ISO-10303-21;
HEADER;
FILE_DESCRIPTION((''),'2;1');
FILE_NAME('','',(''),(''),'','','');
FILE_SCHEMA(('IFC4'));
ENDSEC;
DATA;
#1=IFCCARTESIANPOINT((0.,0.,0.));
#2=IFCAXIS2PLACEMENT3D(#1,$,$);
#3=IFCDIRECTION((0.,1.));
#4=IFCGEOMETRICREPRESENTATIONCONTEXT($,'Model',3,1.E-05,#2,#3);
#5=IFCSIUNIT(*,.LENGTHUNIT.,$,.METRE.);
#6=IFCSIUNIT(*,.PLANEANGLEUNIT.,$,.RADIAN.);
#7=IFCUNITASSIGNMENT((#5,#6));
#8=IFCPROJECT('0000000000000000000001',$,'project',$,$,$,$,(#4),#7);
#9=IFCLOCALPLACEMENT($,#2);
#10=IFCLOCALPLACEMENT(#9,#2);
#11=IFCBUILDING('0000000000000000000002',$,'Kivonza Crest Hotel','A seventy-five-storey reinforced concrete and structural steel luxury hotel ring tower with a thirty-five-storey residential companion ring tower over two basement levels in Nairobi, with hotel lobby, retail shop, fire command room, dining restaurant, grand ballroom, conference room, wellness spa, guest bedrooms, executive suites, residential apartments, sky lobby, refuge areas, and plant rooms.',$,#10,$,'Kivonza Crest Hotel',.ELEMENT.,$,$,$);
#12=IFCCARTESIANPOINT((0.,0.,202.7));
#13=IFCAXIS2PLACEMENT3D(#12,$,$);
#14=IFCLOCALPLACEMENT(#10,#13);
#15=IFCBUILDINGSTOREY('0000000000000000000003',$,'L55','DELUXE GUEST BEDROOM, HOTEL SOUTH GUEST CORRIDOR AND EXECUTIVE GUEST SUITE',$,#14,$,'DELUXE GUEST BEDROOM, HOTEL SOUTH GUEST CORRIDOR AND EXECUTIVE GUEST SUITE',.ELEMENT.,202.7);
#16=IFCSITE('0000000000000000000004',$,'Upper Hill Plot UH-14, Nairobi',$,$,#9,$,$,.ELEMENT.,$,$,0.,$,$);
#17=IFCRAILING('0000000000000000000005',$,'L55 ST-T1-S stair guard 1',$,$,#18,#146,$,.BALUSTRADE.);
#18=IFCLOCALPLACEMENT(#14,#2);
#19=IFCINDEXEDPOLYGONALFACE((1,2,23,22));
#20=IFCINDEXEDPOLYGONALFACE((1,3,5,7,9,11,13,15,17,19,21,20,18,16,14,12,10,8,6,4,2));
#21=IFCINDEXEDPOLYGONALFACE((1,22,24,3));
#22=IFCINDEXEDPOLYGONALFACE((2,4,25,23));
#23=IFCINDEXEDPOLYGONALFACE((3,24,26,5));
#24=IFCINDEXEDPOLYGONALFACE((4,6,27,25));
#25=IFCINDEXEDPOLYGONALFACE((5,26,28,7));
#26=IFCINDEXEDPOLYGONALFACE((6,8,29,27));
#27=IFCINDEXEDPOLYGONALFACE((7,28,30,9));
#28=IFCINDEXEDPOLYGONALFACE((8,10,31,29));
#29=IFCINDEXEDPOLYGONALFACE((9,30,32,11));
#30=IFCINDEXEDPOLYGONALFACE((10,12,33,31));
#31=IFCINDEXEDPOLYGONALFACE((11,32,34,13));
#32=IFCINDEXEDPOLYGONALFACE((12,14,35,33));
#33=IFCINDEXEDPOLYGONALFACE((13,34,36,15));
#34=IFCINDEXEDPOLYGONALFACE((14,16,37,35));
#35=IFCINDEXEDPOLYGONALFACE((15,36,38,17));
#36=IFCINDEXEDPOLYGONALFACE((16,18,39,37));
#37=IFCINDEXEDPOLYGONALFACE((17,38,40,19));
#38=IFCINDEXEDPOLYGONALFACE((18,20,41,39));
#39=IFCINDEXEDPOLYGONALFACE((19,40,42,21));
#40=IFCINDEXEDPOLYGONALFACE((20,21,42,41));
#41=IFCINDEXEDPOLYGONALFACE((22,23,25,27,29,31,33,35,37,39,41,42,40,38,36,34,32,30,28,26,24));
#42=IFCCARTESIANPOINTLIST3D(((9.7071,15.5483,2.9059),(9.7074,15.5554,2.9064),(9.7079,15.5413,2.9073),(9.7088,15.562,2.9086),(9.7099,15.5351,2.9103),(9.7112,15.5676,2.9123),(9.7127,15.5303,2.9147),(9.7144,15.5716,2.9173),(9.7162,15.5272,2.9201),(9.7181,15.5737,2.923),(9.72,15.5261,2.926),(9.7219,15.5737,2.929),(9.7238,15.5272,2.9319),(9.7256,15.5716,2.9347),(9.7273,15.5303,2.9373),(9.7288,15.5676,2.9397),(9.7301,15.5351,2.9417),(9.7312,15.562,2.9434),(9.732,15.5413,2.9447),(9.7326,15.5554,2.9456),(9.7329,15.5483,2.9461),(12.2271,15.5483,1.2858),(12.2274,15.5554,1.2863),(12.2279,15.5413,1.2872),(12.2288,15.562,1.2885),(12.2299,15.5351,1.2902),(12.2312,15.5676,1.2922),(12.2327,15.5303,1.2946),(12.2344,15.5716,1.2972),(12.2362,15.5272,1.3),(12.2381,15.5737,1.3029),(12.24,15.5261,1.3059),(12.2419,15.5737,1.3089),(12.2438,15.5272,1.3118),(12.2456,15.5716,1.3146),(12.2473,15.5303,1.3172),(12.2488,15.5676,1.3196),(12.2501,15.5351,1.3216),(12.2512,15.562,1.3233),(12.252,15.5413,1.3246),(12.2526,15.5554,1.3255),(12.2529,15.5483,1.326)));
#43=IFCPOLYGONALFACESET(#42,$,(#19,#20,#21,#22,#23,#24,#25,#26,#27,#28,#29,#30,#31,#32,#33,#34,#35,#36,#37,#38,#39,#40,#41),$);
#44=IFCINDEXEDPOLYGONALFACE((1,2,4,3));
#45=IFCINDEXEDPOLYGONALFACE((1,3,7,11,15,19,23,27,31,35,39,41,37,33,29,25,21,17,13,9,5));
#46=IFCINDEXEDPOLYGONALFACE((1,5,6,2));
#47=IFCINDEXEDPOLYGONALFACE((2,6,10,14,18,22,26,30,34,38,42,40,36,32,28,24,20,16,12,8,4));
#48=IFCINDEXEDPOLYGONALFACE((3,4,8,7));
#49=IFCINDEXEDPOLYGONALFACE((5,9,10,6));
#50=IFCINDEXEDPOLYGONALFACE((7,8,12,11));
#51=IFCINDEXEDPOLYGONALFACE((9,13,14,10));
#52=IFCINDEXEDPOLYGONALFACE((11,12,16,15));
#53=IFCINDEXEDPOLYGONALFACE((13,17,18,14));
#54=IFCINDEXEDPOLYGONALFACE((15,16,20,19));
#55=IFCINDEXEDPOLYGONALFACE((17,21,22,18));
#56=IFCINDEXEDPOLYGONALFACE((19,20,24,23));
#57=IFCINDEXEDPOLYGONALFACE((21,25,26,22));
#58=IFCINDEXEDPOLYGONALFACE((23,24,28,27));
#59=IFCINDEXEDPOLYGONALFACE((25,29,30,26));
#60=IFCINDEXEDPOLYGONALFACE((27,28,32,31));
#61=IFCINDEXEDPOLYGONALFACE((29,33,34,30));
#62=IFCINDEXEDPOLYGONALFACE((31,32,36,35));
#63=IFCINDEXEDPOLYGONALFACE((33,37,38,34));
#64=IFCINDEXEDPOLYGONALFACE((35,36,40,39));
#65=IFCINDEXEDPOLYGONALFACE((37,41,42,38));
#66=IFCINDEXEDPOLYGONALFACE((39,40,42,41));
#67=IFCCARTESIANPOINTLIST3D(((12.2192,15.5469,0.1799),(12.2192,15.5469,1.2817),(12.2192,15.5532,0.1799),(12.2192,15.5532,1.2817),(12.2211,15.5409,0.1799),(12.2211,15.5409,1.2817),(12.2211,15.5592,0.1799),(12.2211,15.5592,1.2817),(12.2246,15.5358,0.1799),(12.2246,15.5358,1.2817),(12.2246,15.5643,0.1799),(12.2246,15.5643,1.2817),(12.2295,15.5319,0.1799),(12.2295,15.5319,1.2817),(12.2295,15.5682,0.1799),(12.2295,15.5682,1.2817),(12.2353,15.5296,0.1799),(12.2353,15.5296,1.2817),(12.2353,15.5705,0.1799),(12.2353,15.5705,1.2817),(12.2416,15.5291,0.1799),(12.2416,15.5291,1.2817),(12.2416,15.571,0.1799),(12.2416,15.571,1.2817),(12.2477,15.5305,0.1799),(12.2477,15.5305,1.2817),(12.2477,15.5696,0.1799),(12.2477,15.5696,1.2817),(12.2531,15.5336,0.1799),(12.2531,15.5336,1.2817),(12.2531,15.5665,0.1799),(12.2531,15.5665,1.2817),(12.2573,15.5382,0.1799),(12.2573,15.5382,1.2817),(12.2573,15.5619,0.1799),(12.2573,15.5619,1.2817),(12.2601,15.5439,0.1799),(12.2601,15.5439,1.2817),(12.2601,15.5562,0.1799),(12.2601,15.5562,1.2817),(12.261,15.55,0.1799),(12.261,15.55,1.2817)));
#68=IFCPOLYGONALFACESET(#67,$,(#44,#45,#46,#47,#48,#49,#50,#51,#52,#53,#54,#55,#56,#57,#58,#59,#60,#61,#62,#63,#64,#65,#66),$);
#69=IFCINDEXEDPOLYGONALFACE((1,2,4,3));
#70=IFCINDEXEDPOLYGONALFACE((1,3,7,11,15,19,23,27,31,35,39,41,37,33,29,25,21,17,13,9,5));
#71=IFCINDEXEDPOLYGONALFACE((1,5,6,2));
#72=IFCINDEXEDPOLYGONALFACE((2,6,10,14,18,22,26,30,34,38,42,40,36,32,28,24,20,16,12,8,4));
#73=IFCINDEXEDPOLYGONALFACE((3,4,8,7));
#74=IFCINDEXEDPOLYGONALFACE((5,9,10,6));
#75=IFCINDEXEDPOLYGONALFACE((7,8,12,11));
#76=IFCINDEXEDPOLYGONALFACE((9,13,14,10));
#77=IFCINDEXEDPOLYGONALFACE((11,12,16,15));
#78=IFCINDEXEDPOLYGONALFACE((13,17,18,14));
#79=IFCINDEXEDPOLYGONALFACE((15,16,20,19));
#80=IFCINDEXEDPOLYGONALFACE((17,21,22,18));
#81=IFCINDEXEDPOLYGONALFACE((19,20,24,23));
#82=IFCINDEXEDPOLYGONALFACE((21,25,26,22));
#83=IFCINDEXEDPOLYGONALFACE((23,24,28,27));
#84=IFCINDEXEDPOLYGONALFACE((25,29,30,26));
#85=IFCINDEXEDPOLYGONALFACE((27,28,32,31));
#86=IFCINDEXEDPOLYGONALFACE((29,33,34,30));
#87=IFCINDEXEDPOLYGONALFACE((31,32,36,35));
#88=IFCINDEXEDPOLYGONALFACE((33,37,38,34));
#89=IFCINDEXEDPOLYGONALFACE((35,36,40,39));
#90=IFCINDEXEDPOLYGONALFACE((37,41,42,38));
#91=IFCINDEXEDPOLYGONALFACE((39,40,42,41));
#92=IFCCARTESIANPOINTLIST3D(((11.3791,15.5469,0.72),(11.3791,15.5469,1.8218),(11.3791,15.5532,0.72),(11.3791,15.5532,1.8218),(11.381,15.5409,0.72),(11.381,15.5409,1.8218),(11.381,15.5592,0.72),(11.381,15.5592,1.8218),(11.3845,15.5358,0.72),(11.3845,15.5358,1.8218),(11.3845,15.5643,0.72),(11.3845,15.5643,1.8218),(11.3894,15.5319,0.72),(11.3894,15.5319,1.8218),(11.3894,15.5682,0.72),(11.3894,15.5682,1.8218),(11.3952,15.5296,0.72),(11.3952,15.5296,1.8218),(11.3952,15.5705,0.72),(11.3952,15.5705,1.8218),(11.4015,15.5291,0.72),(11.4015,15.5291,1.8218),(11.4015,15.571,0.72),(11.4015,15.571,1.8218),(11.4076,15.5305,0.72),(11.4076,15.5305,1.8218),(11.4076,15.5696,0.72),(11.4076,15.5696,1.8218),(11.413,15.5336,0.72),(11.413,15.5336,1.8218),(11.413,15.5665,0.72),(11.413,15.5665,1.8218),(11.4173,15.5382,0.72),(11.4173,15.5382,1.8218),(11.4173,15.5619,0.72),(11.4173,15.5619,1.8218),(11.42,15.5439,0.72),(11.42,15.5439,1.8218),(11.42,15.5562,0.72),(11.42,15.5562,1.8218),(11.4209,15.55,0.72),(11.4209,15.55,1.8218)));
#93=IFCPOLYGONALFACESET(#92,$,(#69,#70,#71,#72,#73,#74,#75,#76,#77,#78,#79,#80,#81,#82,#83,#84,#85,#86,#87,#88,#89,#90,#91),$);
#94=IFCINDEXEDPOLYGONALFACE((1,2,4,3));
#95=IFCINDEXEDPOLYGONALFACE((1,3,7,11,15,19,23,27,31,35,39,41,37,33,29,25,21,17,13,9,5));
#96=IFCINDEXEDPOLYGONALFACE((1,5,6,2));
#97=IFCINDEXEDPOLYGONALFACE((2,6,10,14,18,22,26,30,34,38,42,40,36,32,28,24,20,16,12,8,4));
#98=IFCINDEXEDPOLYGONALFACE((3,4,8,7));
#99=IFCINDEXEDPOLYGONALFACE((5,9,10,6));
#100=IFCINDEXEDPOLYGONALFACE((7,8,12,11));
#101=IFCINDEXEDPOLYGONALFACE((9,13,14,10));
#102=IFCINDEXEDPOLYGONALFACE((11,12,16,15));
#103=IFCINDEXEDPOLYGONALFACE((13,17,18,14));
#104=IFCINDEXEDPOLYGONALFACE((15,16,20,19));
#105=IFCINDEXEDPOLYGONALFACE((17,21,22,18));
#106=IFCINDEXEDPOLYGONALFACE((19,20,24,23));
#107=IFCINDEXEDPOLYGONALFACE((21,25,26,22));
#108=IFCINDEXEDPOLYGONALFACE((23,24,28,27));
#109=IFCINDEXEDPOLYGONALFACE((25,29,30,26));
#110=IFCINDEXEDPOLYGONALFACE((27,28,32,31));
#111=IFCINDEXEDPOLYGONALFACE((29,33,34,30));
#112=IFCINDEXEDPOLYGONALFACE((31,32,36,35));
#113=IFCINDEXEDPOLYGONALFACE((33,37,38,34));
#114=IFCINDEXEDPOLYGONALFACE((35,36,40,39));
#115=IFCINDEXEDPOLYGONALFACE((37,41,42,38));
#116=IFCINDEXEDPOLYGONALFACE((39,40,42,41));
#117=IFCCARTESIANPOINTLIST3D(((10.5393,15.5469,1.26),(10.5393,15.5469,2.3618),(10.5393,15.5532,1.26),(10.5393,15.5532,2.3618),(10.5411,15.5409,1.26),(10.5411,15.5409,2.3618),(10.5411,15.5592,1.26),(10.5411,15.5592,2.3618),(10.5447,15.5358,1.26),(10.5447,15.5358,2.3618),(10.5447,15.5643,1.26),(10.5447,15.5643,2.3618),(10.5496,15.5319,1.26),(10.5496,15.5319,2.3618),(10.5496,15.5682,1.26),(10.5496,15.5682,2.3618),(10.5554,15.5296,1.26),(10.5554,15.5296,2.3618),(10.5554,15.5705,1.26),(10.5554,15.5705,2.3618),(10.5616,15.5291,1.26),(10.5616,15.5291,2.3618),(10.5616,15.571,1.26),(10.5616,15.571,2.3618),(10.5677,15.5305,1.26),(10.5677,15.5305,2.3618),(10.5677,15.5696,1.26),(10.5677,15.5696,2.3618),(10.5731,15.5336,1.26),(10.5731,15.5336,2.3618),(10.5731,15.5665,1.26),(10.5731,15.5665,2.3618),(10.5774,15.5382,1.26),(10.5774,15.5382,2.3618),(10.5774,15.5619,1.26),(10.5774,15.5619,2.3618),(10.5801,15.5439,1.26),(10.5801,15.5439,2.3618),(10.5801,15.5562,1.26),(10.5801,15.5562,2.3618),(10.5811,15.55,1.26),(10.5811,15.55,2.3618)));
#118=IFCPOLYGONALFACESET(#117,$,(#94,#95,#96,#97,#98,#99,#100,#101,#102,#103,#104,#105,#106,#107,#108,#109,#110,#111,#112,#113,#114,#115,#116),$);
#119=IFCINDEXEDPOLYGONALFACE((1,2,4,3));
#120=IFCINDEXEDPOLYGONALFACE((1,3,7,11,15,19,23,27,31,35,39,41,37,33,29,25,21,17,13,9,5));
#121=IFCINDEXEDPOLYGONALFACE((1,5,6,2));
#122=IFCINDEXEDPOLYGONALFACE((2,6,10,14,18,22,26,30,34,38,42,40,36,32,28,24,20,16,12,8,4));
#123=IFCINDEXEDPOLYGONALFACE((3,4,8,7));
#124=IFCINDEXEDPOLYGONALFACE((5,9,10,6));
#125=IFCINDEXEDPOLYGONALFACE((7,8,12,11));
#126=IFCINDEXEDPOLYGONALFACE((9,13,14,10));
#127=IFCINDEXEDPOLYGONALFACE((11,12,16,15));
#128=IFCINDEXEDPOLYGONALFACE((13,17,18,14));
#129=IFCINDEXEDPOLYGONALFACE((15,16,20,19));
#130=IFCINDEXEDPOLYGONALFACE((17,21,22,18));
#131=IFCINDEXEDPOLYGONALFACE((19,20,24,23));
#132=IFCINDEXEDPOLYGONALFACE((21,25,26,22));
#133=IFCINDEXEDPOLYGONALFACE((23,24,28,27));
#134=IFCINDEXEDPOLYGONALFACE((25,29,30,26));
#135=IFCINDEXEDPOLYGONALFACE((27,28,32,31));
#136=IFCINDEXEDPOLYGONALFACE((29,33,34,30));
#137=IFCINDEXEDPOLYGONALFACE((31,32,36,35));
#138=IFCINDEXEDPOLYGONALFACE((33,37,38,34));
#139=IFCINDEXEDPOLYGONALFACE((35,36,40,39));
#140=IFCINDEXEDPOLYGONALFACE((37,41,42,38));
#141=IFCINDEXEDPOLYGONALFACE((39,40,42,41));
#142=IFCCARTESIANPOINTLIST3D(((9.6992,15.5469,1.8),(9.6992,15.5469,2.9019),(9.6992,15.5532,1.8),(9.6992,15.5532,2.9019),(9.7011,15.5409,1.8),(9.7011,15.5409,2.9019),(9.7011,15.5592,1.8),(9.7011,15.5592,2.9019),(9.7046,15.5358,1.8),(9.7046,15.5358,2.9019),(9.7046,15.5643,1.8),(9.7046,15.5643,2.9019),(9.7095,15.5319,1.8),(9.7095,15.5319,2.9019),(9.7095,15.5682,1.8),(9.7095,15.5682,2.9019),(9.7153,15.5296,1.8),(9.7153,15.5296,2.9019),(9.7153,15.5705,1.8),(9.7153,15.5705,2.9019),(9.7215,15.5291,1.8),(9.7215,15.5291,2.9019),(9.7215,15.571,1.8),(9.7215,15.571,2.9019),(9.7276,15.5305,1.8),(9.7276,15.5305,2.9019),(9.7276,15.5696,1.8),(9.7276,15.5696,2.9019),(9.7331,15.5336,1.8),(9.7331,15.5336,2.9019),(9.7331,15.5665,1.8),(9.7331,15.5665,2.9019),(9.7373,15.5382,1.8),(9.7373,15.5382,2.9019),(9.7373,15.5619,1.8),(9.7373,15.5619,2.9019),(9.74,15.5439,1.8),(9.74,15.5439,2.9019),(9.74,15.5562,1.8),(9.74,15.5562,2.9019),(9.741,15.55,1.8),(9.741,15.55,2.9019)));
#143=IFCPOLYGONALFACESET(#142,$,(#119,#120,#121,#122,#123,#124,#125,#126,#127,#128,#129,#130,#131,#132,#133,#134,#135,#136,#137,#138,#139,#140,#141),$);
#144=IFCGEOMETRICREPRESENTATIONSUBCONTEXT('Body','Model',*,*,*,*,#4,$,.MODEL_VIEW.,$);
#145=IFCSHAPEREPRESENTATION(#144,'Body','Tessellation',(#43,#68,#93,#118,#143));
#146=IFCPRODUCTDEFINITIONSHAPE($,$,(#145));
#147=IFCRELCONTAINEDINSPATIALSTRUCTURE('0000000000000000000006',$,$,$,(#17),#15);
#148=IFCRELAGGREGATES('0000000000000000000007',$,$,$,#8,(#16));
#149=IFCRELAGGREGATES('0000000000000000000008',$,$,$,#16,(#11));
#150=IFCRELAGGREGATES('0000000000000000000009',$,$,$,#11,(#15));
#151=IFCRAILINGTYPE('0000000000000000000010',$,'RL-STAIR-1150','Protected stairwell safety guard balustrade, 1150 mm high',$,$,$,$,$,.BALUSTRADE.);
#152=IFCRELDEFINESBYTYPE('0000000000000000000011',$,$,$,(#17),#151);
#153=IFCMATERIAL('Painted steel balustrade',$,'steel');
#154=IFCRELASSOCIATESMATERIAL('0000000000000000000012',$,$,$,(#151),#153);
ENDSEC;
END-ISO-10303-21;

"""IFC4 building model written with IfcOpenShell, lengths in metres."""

from ifc_helpers import new_model, si_unit, direction, frame, origin, origin_2d, place, context, subcontext, project, spatial, circle, extrude, material, type_object, element, save


model = new_model("IFC4")

# Units and contexts
model_context = context("Model", 3, precision=1e-05, world=origin(), true_north=direction((0.0, 1.0)))
body_context = subcontext(model_context, "Body", "Model", "MODEL_VIEW")
ifc_project = project(units=[si_unit("LENGTHUNIT", "METRE"), si_unit("PLANEANGLEUNIT", "RADIAN")], contexts=[model_context])

# Site, building, storey
site_placement = place(None, origin())
site = spatial("IfcSite", under=ifc_project, at=site_placement, Name="Upper Hill Plot UH-14, Nairobi", CompositionType="ELEMENT", RefElevation=0.0)
building_placement = place(site_placement, origin())
building = spatial("IfcBuilding", under=site, at=building_placement, Name="Kivonza Crest Hotel", Description="A seventy-five-storey reinforced concrete and structural steel luxury hotel ring tower with a thirty-five-storey residential companion ring tower over two basement levels in Nairobi, with hotel lobby, retail shop, fire command room, dining restaurant, grand ballroom, conference room, wellness spa, guest bedrooms, executive suites, residential apartments, sky lobby, refuge areas, and plant rooms.", LongName="Kivonza Crest Hotel", CompositionType="ELEMENT")
storey_placement = place(building_placement, frame((0.0, 0.0, 202.7)))
storey = spatial("IfcBuildingStorey", under=building, at=storey_placement, Name="L55", Description="DELUXE GUEST BEDROOM, HOTEL SOUTH GUEST CORRIDOR AND EXECUTIVE GUEST SUITE", LongName="DELUXE GUEST BEDROOM, HOTEL SOUTH GUEST CORRIDOR AND EXECUTIVE GUEST SUITE", CompositionType="ELEMENT", Elevation=202.7)

# Railing
ifc_material_1 = material(Name="Painted steel balustrade", Category="steel")
railing_type_1 = type_object("IfcRailingType", Name="RL-STAIR-1150", Description="Protected stairwell safety guard balustrade, 1150 mm high", PredefinedType="BALUSTRADE", material=ifc_material_1)
railing_1_placement = place(storey_placement, frame((12.24, 15.55, 0.1799)))
element("IfcRailing", 1, at=railing_1_placement, inside=storey, type_object=railing_type_1, Name="L55 ST-T1-S stair guard 1", PredefinedType="BALUSTRADE", context=body_context, shape_type="SweptSolid", body=[
    extrude(circle(Radius=0.0239, at=origin_2d()), frame((0.0, 0.0, 1.126), z_axis=(-0.841163, 0.0, 0.540782), x_axis=(0.0, -1.0, 0.0)), (0.0, 0.0, 1.0), 2.9958),
    extrude(circle(Radius=0.021, at=origin_2d()), origin(), (0.0, 0.0, 1.0), 1.1018),
    extrude(circle(Radius=0.021, at=origin_2d()), frame((-0.8401, 0.0, 0.54)), (0.0, 0.0, 1.0), 1.1018),
    extrude(circle(Radius=0.021, at=origin_2d()), frame((-1.6799, 0.0, 1.0801)), (0.0, 0.0, 1.0), 1.1018),
    extrude(circle(Radius=0.021, at=origin_2d()), frame((-2.52, 0.0, 1.6201)), (0.0, 0.0, 1.0), 1.1018),
])

save(model, "model.ifc")
